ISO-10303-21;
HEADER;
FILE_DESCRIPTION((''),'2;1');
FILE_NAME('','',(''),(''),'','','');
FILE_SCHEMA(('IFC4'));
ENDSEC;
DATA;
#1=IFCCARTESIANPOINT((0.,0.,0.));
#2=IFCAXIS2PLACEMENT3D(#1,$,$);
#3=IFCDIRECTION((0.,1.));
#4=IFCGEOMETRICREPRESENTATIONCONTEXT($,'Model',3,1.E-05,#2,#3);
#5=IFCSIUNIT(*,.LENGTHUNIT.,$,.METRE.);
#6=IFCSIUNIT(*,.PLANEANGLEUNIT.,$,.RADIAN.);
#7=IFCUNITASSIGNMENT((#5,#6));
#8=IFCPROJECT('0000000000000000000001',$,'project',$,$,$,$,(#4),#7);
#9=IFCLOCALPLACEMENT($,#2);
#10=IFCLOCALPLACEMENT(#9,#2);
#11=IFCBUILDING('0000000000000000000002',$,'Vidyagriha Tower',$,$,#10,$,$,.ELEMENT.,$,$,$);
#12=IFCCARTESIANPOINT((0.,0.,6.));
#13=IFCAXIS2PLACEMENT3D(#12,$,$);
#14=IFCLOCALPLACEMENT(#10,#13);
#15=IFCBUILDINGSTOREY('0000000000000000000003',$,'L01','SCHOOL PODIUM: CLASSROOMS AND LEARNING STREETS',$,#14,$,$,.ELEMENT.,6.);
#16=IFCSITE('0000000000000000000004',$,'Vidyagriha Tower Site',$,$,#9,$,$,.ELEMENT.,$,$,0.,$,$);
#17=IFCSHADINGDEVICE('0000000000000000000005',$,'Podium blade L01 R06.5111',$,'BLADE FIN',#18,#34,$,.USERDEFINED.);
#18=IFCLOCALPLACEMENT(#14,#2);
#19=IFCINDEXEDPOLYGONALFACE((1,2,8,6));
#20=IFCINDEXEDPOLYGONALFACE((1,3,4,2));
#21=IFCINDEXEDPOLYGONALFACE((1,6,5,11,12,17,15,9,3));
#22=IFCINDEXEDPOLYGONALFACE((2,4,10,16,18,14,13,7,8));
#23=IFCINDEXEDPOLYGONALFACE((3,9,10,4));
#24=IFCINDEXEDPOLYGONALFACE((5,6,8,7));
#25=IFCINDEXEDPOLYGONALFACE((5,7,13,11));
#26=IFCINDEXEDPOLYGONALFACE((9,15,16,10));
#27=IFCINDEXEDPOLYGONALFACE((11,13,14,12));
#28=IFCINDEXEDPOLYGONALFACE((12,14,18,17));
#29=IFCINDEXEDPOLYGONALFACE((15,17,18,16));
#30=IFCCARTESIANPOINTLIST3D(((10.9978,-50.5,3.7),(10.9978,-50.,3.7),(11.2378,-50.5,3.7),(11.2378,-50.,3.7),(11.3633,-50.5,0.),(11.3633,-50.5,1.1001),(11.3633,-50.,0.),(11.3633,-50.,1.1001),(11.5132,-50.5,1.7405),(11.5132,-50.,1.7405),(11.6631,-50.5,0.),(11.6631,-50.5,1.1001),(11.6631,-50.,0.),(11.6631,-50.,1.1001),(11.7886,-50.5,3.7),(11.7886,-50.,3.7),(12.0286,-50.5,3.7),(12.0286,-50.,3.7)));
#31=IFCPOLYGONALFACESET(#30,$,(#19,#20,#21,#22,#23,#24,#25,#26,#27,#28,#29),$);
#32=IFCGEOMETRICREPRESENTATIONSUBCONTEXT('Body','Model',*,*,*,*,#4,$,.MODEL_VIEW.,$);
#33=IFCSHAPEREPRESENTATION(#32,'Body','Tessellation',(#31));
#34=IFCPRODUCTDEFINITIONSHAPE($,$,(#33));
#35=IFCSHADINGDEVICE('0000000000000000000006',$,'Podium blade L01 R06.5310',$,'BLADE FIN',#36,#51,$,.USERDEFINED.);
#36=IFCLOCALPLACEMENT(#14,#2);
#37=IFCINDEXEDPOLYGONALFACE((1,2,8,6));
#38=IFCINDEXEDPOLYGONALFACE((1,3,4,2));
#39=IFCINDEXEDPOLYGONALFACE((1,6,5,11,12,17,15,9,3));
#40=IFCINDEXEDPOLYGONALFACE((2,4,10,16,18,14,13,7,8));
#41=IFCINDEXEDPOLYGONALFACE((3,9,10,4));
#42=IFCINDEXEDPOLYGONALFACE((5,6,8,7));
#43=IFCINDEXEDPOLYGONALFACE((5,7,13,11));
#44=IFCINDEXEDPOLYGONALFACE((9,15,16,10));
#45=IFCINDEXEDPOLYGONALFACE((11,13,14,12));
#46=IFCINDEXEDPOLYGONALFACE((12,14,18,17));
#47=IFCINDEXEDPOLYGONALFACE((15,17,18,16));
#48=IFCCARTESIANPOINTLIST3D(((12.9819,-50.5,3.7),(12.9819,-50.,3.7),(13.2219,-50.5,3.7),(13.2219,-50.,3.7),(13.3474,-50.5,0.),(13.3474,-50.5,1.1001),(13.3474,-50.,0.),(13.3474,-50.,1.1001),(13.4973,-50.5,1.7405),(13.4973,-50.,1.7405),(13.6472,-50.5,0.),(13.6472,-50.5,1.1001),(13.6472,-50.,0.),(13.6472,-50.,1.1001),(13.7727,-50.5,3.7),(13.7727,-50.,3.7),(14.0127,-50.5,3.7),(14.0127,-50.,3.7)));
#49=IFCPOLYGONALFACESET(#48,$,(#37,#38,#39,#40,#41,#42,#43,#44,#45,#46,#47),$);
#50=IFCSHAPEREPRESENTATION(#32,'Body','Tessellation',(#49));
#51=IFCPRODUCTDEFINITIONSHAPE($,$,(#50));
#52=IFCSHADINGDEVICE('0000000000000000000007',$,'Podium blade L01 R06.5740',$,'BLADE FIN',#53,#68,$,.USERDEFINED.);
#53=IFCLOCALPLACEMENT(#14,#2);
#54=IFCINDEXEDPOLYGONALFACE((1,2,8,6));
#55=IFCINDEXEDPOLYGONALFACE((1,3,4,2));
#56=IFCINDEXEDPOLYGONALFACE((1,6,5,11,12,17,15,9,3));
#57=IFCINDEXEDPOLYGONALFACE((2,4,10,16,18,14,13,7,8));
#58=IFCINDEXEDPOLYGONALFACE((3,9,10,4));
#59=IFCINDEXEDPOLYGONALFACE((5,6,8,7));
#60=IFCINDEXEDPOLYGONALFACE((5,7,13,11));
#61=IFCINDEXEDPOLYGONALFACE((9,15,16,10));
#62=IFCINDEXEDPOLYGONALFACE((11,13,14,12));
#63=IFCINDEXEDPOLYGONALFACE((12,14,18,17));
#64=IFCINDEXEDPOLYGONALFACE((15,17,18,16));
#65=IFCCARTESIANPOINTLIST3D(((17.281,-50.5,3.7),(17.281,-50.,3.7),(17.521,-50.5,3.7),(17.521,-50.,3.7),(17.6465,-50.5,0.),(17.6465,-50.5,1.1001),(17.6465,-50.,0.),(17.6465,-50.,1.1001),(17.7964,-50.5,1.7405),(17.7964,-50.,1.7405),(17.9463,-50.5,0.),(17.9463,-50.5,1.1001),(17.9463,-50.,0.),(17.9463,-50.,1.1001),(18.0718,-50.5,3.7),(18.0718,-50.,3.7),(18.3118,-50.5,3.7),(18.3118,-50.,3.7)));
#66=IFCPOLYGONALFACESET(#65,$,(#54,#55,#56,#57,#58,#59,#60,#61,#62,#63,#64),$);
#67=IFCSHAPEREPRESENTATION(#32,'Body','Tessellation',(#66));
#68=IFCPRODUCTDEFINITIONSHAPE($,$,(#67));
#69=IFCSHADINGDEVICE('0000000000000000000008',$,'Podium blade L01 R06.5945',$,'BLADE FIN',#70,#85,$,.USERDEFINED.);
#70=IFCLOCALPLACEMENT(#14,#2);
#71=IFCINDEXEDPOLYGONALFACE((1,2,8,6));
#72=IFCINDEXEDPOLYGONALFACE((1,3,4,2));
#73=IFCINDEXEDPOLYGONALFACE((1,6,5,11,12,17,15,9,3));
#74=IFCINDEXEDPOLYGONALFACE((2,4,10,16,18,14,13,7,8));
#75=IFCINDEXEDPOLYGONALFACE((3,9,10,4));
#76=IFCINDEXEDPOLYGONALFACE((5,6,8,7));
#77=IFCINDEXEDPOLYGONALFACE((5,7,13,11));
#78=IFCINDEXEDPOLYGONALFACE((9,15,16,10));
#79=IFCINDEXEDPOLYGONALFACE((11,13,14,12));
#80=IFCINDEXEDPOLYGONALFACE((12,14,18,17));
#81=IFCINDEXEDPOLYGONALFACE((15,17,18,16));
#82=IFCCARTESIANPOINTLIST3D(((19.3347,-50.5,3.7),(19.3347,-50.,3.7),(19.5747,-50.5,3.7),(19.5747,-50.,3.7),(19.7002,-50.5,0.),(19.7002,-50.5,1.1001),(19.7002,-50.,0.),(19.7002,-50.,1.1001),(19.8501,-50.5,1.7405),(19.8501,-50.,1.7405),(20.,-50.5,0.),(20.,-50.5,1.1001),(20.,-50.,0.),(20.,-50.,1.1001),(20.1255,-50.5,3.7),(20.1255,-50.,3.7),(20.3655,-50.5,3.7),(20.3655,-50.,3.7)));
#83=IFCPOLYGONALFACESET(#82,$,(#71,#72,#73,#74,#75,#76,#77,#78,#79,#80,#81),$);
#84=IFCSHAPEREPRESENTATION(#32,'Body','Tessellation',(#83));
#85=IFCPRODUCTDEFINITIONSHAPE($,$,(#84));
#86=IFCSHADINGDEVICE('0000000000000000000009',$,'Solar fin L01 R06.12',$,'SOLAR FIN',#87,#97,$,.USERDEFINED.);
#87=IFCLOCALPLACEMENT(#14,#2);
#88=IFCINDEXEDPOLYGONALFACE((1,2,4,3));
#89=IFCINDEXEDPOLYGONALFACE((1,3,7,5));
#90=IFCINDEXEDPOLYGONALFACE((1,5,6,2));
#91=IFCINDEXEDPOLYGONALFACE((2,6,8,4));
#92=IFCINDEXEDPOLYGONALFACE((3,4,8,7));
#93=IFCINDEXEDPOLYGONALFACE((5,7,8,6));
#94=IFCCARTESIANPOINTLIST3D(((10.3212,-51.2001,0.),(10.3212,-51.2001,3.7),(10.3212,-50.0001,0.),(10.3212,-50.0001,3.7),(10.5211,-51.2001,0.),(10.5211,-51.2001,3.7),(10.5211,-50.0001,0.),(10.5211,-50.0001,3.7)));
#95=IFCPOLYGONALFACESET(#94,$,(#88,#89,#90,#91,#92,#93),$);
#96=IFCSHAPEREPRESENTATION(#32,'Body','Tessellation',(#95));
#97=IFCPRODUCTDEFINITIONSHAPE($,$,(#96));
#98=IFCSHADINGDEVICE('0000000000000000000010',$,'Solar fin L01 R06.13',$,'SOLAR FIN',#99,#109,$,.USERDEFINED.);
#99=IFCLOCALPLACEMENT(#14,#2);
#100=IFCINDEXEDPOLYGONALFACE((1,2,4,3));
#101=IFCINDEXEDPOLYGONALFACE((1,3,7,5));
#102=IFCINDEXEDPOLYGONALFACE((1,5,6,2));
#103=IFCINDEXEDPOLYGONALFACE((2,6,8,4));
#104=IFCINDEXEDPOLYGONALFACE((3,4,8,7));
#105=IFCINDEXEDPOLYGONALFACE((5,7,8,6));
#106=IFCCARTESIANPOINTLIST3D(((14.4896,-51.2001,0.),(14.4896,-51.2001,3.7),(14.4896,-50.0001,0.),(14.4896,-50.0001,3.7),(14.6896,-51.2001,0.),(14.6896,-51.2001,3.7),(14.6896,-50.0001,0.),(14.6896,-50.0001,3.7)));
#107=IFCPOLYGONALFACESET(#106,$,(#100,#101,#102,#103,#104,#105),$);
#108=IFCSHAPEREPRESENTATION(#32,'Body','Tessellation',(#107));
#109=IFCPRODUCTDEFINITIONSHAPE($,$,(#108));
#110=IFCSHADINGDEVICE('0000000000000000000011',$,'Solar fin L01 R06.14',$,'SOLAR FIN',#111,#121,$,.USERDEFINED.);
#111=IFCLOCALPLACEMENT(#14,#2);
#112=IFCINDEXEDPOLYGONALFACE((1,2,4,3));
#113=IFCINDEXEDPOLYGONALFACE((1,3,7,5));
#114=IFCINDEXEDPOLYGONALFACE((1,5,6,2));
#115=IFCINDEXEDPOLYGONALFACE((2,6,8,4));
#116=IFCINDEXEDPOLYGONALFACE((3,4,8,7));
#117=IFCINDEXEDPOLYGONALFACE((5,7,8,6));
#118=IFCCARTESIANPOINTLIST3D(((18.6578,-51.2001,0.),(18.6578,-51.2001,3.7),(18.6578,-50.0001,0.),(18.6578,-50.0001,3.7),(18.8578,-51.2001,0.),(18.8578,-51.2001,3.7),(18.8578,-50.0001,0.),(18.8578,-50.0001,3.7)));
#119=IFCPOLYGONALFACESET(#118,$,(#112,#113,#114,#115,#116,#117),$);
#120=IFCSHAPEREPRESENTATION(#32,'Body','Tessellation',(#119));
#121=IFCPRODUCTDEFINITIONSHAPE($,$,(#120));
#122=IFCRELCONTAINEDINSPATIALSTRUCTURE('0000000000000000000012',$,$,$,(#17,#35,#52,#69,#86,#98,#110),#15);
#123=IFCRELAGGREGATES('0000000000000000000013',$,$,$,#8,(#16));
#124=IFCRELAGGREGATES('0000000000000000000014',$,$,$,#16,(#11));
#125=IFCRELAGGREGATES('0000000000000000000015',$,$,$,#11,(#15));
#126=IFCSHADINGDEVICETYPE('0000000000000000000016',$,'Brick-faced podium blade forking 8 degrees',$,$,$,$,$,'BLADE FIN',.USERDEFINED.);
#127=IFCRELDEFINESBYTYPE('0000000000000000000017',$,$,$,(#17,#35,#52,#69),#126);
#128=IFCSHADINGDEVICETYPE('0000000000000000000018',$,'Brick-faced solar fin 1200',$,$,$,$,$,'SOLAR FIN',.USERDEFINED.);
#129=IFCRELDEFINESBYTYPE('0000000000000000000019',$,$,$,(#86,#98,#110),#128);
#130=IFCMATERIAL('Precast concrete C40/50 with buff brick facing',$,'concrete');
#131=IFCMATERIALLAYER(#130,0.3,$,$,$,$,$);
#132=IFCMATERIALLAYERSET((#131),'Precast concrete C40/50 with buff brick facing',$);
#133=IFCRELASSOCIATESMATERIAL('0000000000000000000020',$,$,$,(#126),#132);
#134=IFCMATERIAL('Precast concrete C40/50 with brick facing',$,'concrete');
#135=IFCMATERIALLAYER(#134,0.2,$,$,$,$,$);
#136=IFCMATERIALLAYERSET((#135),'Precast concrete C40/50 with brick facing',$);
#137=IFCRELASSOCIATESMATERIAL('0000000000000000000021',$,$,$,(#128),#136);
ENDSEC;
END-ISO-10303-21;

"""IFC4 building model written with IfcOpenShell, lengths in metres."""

from ifc_helpers import new_model, si_unit, direction, frame, frame_2d, origin, place, context, subcontext, project, spatial, polyline, rectangle, outline, extrude, material, layer, layer_set, type_object, element, save


model = new_model("IFC4")

# Units and contexts
model_context = context("Model", 3, precision=1e-05, world=origin(), true_north=direction((0.0, 1.0)))
body_context = subcontext(model_context, "Body", "Model", "MODEL_VIEW")
ifc_project = project(units=[si_unit("LENGTHUNIT", "METRE"), si_unit("PLANEANGLEUNIT", "RADIAN")], contexts=[model_context])

# Site, building, storey
site_placement = place(None, origin())
site = spatial("IfcSite", under=ifc_project, at=site_placement, Name="Vidyagriha Tower Site", CompositionType="ELEMENT", RefElevation=0.0)
building_placement = place(site_placement, origin())
building = spatial("IfcBuilding", under=site, at=building_placement, Name="Vidyagriha Tower", CompositionType="ELEMENT")
storey_placement = place(building_placement, frame((0.0, 0.0, 6.0)))
storey = spatial("IfcBuildingStorey", under=building, at=storey_placement, Name="L01", Description="SCHOOL PODIUM: CLASSROOMS AND LEARNING STREETS", CompositionType="ELEMENT", Elevation=6.0)

# Shading devices
ifc_material_1 = material(Name="Precast concrete C40/50 with buff brick facing", Category="concrete")
ifc_layer_1 = layer(ifc_material_1, 0.3)
ifc_layer_set_1 = layer_set([ifc_layer_1], Name="Precast concrete C40/50 with buff brick facing")
shading_device_type_1 = type_object("IfcShadingDeviceType", Name="Brick-faced podium blade forking 8 degrees", ElementType="BLADE FIN", PredefinedType="USERDEFINED", material=ifc_layer_set_1)
for number, where, name in (
    (1, (10.9978, -50.25, 0.0), "Podium blade L01 R06.5111"),
    (2, (12.9819, -50.25, 0.0), "Podium blade L01 R06.5310"),
    (3, (17.281, -50.25, 0.0), "Podium blade L01 R06.5740"),
    (4, (19.3347, -50.25, 0.0), "Podium blade L01 R06.5945"),
):
    element("IfcShadingDevice", number, at=place(storey_placement, frame(where)), inside=storey, type_object=shading_device_type_1, Name=name, ObjectType="BLADE FIN", PredefinedType="USERDEFINED", context=body_context, shape_type="SweptSolid", body=[
        extrude(outline(polyline([(0.6653, 0.0), (0.6653, 1.1001), (1.0308, 3.7), (0.7908, 3.7), (0.5154, 1.7405), (0.24, 3.7), (0.0, 3.7), (0.3655, 1.1001), (0.3655, 0.0), (0.6653, 0.0)])), frame((0.0, 0.25, 0.0), z_axis=(0.0, -1.0, 0.0), x_axis=(1.0, 0.0, 0.0)), (0.0, 0.0, 1.0), 0.5),
    ])
ifc_material_2 = material(Name="Precast concrete C40/50 with brick facing", Category="concrete")
ifc_layer_2 = layer(ifc_material_2, 0.2)
ifc_layer_set_2 = layer_set([ifc_layer_2], Name="Precast concrete C40/50 with brick facing")
shading_device_type_2 = type_object("IfcShadingDeviceType", Name="Brick-faced solar fin 1200", ElementType="SOLAR FIN", PredefinedType="USERDEFINED", material=ifc_layer_set_2)
for number, where, z_axis, x_axis, name in (
    (5, (10.4211, -50.0, 0.0), (0.0, 0.0, 1.0), (0.0, -1.0, 0.0), "Solar fin L01 R06.12"),
    (6, (14.5896, -50.0, 0.0), (0.0, 0.0, 1.0), (0.0, -1.0, 0.0), "Solar fin L01 R06.13"),
    (7, (18.7578, -50.0, 0.0), (0.0, 0.0, 1.0), (0.0, -1.0, 0.0), "Solar fin L01 R06.14"),
):
    element("IfcShadingDevice", number, at=place(storey_placement, frame(where, z_axis=z_axis, x_axis=x_axis)), inside=storey, type_object=shading_device_type_2, Name=name, ObjectType="SOLAR FIN", PredefinedType="USERDEFINED", context=body_context, shape_type="SweptSolid", body=[
        extrude(rectangle(XDim=1.2, YDim=0.2, at=frame_2d((0.6001, 0.0))), origin(), (0.0, 0.0, 1.0), 3.7),
    ])

save(model, "model.ifc")
